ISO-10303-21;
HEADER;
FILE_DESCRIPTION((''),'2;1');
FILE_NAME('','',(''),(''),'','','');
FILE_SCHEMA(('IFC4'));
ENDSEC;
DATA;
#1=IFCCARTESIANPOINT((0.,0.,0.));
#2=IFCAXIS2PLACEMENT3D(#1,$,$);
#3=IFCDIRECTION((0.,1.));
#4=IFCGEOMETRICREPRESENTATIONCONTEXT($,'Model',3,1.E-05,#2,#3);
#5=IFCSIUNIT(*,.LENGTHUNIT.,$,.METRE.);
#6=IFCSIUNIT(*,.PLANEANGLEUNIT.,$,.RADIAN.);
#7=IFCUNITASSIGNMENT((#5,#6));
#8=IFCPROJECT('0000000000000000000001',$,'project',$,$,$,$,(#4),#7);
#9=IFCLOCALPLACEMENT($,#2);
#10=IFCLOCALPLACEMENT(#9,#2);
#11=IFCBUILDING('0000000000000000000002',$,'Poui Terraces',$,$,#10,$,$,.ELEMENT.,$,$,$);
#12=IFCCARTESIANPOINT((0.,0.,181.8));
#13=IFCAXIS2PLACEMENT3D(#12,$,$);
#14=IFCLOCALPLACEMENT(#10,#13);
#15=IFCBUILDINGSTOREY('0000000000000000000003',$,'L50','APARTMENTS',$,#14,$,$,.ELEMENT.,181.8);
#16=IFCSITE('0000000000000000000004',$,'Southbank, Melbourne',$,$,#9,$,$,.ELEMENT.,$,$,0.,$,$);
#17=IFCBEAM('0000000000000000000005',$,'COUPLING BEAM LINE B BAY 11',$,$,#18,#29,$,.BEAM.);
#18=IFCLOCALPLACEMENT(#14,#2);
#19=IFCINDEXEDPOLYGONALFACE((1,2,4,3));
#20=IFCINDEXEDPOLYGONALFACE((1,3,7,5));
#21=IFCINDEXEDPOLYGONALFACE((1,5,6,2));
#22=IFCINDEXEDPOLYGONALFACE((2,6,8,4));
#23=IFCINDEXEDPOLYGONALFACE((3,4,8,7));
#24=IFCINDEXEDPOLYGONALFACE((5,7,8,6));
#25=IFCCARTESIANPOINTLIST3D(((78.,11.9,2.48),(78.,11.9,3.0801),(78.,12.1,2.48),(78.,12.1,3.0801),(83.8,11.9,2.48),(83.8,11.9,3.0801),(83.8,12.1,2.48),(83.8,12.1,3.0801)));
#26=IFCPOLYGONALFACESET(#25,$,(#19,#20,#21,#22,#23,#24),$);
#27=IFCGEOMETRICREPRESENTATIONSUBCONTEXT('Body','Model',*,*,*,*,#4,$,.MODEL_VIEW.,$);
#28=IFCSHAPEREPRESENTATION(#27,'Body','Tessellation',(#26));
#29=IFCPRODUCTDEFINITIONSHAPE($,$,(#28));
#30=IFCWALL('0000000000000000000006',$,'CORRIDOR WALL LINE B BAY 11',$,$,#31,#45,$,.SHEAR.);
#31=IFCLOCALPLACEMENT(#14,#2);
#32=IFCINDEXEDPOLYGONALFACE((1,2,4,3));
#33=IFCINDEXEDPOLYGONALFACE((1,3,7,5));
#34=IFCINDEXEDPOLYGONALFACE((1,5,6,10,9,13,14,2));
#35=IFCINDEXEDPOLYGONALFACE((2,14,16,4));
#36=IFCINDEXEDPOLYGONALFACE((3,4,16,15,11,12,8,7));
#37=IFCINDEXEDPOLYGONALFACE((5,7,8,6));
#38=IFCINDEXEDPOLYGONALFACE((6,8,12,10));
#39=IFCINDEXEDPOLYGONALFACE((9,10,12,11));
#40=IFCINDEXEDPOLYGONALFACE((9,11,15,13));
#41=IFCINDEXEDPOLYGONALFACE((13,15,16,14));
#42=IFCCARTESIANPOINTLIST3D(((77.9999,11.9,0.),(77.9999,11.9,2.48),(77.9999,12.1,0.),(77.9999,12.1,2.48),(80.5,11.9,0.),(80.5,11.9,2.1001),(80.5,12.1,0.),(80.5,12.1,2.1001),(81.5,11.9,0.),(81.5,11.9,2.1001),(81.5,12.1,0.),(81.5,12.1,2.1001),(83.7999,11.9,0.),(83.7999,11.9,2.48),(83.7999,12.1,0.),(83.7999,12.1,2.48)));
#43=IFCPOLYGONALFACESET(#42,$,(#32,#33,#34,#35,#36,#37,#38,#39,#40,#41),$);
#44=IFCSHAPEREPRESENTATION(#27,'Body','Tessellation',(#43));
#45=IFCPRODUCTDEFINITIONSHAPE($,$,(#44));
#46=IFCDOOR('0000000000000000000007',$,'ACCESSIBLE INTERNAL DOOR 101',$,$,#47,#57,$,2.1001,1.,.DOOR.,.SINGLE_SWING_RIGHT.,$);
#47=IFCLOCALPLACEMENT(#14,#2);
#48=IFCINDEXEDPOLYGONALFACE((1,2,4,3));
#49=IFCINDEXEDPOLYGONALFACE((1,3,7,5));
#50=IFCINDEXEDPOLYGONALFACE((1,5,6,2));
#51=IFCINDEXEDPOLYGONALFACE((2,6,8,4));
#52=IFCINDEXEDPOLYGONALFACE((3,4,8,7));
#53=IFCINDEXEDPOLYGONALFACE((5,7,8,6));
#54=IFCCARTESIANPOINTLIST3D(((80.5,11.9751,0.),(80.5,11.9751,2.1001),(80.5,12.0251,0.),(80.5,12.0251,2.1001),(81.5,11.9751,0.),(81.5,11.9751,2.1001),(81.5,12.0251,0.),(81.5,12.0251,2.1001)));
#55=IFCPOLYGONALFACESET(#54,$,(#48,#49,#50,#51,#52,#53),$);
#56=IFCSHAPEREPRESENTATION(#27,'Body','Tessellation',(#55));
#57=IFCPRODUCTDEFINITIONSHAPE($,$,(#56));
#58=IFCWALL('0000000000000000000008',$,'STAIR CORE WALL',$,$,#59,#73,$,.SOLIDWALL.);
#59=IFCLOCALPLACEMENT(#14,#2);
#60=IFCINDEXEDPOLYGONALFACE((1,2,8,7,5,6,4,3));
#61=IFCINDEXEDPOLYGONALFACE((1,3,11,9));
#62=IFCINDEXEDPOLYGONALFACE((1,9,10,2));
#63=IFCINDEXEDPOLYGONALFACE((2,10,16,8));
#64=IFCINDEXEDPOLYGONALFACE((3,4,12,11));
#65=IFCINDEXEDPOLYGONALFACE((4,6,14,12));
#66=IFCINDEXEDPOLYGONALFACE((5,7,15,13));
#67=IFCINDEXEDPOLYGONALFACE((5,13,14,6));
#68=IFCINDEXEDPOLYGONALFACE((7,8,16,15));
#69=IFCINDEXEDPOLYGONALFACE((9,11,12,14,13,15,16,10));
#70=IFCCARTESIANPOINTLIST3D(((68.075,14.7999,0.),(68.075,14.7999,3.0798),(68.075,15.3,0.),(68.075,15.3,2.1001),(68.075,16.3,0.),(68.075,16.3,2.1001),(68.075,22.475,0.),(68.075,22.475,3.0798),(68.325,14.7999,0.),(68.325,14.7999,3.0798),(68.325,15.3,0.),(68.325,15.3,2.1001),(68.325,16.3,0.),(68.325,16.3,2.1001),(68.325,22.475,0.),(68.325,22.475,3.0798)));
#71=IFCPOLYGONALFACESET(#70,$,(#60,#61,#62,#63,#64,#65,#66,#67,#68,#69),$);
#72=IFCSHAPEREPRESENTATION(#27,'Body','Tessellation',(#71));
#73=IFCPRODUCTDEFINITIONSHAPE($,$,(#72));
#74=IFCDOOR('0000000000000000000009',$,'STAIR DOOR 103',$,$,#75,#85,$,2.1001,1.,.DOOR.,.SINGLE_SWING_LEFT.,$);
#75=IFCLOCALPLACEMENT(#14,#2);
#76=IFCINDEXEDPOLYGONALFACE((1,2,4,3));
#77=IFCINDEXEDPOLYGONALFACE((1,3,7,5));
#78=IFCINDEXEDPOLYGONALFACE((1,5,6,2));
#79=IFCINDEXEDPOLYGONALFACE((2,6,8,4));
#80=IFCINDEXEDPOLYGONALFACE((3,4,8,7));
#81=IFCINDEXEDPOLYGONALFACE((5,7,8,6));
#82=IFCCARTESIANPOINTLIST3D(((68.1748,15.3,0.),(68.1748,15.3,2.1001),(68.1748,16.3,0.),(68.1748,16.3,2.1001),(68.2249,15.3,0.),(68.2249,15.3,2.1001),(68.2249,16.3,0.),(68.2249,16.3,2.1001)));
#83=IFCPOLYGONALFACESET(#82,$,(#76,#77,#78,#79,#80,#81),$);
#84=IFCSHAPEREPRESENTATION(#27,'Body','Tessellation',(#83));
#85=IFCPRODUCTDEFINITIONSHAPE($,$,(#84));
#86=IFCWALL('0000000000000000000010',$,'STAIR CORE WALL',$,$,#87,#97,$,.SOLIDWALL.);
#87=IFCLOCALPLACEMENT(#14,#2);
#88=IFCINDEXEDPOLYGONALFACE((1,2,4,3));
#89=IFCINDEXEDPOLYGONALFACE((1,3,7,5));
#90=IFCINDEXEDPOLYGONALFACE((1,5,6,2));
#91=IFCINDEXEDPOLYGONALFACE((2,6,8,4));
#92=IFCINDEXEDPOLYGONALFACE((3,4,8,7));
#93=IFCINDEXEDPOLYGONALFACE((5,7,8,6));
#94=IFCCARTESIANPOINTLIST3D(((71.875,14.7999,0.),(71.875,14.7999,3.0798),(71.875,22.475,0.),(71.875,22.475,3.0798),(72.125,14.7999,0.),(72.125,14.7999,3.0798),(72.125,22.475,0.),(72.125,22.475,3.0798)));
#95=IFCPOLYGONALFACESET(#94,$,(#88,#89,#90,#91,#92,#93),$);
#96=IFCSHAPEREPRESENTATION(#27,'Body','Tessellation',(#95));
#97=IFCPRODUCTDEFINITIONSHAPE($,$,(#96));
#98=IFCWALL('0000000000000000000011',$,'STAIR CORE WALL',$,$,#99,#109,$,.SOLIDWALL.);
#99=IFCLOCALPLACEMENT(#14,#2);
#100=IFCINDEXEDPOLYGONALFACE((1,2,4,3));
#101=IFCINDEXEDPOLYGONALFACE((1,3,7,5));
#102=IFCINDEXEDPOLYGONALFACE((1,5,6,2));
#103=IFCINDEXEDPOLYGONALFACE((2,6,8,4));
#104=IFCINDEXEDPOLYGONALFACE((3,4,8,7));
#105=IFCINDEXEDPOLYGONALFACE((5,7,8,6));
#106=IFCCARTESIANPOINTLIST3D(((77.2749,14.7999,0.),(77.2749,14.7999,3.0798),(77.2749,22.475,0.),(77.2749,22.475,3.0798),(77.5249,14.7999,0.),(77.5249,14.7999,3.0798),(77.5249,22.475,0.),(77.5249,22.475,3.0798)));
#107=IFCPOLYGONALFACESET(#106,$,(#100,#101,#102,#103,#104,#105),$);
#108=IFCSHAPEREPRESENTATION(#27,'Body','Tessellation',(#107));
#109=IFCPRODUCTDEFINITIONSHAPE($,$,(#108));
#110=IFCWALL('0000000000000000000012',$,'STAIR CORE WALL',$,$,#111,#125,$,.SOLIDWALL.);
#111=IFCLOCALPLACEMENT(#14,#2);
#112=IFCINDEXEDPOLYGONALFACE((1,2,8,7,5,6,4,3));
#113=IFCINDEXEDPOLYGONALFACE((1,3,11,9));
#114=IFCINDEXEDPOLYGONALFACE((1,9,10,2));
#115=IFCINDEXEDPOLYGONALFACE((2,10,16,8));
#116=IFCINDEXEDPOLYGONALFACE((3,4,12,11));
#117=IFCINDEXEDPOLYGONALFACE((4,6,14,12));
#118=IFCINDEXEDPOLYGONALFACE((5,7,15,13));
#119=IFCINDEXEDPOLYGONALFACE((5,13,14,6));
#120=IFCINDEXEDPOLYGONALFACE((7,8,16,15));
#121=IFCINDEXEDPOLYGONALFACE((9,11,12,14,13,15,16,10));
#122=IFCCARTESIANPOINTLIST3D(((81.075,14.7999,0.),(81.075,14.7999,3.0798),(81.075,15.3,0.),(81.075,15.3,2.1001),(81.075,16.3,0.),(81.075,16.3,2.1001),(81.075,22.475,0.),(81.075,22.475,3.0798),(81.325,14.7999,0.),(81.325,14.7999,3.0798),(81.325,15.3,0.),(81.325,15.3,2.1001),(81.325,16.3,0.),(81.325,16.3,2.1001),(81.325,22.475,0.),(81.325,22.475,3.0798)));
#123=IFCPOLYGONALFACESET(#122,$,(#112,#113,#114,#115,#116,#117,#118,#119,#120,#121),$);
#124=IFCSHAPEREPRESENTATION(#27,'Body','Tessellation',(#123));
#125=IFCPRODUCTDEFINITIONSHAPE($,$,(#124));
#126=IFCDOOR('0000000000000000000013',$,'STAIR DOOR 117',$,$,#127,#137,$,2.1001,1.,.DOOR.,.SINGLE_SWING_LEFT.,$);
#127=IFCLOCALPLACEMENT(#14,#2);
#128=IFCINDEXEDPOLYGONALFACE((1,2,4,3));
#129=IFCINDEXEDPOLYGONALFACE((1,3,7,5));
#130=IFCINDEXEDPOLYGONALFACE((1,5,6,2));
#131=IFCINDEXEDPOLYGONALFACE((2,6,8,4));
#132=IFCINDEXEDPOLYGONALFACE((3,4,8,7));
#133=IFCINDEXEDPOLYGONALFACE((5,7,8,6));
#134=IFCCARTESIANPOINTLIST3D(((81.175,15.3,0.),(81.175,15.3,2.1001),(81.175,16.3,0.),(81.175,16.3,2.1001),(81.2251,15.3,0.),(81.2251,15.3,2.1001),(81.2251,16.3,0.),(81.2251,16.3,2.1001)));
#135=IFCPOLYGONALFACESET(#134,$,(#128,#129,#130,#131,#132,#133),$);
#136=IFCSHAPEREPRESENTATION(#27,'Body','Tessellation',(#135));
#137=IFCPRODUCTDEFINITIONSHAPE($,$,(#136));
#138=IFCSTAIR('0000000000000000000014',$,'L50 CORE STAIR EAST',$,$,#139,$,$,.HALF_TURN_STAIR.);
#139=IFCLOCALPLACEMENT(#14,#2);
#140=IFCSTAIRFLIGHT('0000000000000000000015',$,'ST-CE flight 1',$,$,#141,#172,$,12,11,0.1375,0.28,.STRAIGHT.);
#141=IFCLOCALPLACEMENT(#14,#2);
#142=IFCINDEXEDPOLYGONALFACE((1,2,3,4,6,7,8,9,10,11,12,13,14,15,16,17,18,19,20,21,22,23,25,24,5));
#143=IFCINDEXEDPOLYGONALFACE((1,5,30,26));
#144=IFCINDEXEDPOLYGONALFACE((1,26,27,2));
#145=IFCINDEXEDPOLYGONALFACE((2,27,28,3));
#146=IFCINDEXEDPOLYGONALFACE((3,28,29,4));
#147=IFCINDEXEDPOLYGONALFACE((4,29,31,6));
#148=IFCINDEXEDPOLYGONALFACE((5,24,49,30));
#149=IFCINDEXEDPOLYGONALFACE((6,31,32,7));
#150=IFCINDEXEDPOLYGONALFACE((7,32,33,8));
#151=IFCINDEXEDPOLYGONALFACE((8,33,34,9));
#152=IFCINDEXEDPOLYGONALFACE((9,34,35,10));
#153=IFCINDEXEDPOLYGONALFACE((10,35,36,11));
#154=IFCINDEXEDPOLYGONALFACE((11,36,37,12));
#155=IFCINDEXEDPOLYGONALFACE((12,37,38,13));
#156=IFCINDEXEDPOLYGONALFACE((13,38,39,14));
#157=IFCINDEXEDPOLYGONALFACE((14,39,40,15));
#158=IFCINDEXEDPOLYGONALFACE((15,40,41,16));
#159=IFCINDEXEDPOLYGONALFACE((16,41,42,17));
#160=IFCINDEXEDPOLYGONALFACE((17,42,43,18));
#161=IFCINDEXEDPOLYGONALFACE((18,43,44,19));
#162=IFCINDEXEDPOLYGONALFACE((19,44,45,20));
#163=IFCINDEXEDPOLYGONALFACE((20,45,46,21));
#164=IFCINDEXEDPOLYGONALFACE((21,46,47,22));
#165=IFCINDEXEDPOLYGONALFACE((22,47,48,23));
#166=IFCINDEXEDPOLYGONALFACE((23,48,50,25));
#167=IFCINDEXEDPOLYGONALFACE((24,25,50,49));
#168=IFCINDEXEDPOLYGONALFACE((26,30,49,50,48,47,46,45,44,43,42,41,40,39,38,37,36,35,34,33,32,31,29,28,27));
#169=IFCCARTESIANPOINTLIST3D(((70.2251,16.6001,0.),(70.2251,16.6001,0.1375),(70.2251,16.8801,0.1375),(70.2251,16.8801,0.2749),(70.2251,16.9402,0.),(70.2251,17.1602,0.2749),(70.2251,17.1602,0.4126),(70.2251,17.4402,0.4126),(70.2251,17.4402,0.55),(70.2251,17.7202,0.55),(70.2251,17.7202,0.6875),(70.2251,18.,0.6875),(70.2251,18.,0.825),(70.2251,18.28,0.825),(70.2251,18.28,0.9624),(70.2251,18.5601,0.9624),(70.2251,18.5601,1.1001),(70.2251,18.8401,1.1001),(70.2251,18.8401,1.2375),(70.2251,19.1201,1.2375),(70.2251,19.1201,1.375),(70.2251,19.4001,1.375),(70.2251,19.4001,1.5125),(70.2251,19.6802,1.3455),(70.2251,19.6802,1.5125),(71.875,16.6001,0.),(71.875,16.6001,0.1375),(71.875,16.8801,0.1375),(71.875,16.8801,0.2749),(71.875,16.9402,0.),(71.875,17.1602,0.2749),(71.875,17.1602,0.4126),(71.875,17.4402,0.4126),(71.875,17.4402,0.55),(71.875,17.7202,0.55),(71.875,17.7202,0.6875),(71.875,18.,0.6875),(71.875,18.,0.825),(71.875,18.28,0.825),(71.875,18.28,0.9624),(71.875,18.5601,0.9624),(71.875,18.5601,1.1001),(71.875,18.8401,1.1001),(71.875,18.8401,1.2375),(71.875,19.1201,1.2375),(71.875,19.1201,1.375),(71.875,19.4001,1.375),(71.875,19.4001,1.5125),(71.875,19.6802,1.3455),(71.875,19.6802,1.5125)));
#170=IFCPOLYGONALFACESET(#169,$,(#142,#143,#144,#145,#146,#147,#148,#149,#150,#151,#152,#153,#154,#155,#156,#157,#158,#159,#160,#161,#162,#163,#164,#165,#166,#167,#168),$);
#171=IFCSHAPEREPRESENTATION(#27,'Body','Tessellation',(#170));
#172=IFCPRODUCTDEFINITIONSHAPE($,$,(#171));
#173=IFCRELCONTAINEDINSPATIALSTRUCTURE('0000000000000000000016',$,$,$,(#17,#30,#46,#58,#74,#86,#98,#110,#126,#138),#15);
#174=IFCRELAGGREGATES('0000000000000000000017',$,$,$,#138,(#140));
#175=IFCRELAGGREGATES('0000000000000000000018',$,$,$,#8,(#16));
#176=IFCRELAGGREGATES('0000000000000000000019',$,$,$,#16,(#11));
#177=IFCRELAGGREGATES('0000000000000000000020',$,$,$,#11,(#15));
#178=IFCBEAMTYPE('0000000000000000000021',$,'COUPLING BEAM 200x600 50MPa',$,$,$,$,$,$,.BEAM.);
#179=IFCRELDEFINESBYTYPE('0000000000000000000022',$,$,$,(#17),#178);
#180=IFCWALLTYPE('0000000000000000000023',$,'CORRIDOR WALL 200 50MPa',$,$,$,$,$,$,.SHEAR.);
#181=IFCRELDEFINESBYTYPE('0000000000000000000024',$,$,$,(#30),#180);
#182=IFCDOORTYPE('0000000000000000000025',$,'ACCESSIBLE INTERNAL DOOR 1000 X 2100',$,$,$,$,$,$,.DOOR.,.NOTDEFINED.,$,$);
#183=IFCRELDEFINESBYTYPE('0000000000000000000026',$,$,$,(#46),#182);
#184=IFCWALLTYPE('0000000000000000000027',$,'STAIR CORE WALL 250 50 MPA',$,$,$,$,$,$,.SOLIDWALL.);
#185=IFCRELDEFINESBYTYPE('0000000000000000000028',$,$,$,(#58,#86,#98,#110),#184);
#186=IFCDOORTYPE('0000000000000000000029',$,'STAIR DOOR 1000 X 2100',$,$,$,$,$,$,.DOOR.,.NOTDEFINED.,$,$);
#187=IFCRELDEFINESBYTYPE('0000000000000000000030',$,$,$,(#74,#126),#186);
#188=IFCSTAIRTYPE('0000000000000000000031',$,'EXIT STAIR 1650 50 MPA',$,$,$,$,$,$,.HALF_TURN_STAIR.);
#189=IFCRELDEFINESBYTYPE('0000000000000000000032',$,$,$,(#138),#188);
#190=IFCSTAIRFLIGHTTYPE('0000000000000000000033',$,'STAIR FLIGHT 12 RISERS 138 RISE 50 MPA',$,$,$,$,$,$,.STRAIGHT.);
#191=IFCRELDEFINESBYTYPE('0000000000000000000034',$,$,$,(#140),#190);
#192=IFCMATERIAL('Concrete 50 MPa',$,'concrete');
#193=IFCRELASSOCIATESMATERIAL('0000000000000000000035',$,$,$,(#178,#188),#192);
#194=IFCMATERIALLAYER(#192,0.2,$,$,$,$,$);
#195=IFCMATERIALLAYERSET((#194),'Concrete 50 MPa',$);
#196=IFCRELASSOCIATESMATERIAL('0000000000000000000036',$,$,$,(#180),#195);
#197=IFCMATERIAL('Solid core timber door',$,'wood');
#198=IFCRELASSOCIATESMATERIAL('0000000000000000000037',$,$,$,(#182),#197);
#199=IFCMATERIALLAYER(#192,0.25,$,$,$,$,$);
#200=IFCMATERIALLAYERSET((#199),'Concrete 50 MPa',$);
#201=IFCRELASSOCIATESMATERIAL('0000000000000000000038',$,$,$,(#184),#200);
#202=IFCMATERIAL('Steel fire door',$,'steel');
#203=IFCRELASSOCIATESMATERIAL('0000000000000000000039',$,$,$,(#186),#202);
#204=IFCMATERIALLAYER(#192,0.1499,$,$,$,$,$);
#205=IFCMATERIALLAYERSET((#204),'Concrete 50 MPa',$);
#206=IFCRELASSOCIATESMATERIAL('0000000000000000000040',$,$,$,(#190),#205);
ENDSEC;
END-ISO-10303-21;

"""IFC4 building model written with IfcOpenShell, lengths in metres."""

from ifc_helpers import new_model, si_unit, direction, frame, frame_2d, origin, origin_2d, place, context, subcontext, project, spatial, polyline, rectangle, outline, extrude, source, transform, mapped, material, layer, layer_set, material_profile, profile_set, type_object, element, fill, aggregate, save


model = new_model("IFC4")

# Units and contexts
model_context = context("Model", 3, precision=1e-05, world=origin(), true_north=direction((0.0, 1.0)))
body_context = subcontext(model_context, "Body", "Model", "MODEL_VIEW")
ifc_project = project(units=[si_unit("LENGTHUNIT", "METRE"), si_unit("PLANEANGLEUNIT", "RADIAN")], contexts=[model_context])

# Site, building, storey
site_placement = place(None, origin())
site = spatial("IfcSite", under=ifc_project, at=site_placement, Name="Southbank, Melbourne", CompositionType="ELEMENT", RefElevation=0.0)
building_placement = place(site_placement, origin())
building = spatial("IfcBuilding", under=site, at=building_placement, Name="Poui Terraces", CompositionType="ELEMENT")
storey_placement = place(building_placement, frame((0.0, 0.0, 181.8)))
storey = spatial("IfcBuildingStorey", under=building, at=storey_placement, Name="L50", Description="APARTMENTS", CompositionType="ELEMENT", Elevation=181.8)

# Beam
ifc_material_1 = material(Name="Concrete 50 MPa", Category="concrete")
ifc_material_profile = material_profile(ifc_material_1, rectangle(XDim=0.2, YDim=0.6001, at=origin_2d()), Name="RC 200x600")
ifc_profile_set = profile_set([ifc_material_profile], Name="Concrete 50 MPa")
beam_type = type_object("IfcBeamType", Name="COUPLING BEAM 200x600 50MPa", PredefinedType="BEAM", material=ifc_profile_set)
shared_shape = source(origin(), body_context, "Body", "SweptSolid", [
    extrude(rectangle(XDim=0.2, YDim=0.6001, at=origin_2d()), origin(), (0.0, 0.0, 1.0), 5.8),
])
beam_placement = place(storey_placement, frame((78.0, 12.0, 2.78), z_axis=(1.0, 0.0, 0.0), x_axis=(0.0, 1.0, 0.0)))
element("IfcBeam", 1, at=beam_placement, inside=storey, type_object=beam_type, Name="COUPLING BEAM LINE B BAY 11", PredefinedType="BEAM", context=body_context, shape_type="MappedRepresentation", body=[
    mapped(shared_shape, transform((0.0, 0.0, 0.0))),
])

# Walls, openings, doors
ifc_layer_1 = layer(ifc_material_1, 0.2)
ifc_layer_set_1 = layer_set([ifc_layer_1], Name="Concrete 50 MPa")
wall_type_1 = type_object("IfcWallType", Name="CORRIDOR WALL 200 50MPa", PredefinedType="SHEAR", material=ifc_layer_set_1)
wall_1_placement = place(storey_placement, frame((78.0, 12.0, 0.0), z_axis=(0.0, 0.0, 1.0), x_axis=(1.0, 0.0, 0.0)))
wall_1 = element("IfcWall", 2, at=wall_1_placement, inside=storey, type_object=wall_type_1, Name="CORRIDOR WALL LINE B BAY 11", PredefinedType="SHEAR", context=body_context, shape_type="SweptSolid", body=[
    extrude(rectangle(XDim=5.8, YDim=0.2, at=frame_2d((2.8999, 0.0))), origin(), (0.0, 0.0, 1.0), 2.48),
])
opening_1_placement = place(wall_1_placement, frame((2.5, 0.0, 0.0)))
opening_1 = element("IfcOpeningElement", 3, at=opening_1_placement, cuts=wall_1, PredefinedType="OPENING", context=body_context, shape_type="SweptSolid", body=[
    extrude(rectangle(XDim=1.0, YDim=2.1001, at=frame_2d((0.5, 1.05))), frame((0.0, 0.1099, 0.0), z_axis=(0.0, -1.0, 0.0), x_axis=(1.0, 0.0, 0.0)), (0.0, 0.0, 1.0), 0.22),
])
ifc_material_2 = material(Name="Solid core timber door", Category="wood")
door_type_1 = type_object("IfcDoorType", Name="ACCESSIBLE INTERNAL DOOR 1000 X 2100", OperationType="NOTDEFINED", PredefinedType="DOOR", material=ifc_material_2)
door_1_placement = place(opening_1_placement, frame((1.0, 0.0, 0.0), z_axis=(0.0, 0.0, 1.0), x_axis=(-1.0, 0.0, 0.0)))
door_1 = element("IfcDoor", 4, at=door_1_placement, inside=storey, type_object=door_type_1, Name="ACCESSIBLE INTERNAL DOOR 101", OperationType="SINGLE_SWING_RIGHT", OverallHeight=2.1001, OverallWidth=1.0, PredefinedType="DOOR", context=body_context, shape_type="SweptSolid", body=[
    extrude(rectangle(XDim=1.0, YDim=2.1001, at=frame_2d((0.5, 1.05))), frame((0.0, 0.0249, 0.0), z_axis=(0.0, -1.0, 0.0), x_axis=(1.0, 0.0, 0.0)), (0.0, 0.0, 1.0), 0.05),
])
fill(opening_1, door_1)
ifc_layer_2 = layer(ifc_material_1, 0.25)
ifc_layer_set_2 = layer_set([ifc_layer_2], Name="Concrete 50 MPa")
wall_type_2 = type_object("IfcWallType", Name="STAIR CORE WALL 250 50 MPA", PredefinedType="SOLIDWALL", material=ifc_layer_set_2)
wall_2_placement = place(storey_placement, frame((68.2, 14.8, 0.0), z_axis=(0.0, 0.0, 1.0), x_axis=(0.0, 1.0, 0.0)))
wall_2 = element("IfcWall", 5, at=wall_2_placement, inside=storey, type_object=wall_type_2, Name="STAIR CORE WALL", PredefinedType="SOLIDWALL", context=body_context, shape_type="SweptSolid", body=[
    extrude(rectangle(XDim=7.675, YDim=0.25, at=frame_2d((3.8374, 0.0))), origin(), (0.0, 0.0, 1.0), 3.0798),
])
opening_2_placement = place(wall_2_placement, frame((0.5, 0.0, 0.0)))
opening_2 = element("IfcOpeningElement", 6, at=opening_2_placement, cuts=wall_2, PredefinedType="OPENING", context=body_context, shape_type="SweptSolid", body=[
    extrude(rectangle(XDim=1.0, YDim=2.1001, at=frame_2d((0.5, 1.05))), frame((0.0, 0.135, 0.0), z_axis=(0.0, -1.0, 0.0), x_axis=(1.0, 0.0, 0.0)), (0.0, 0.0, 1.0), 0.27),
])
ifc_material_3 = material(Name="Steel fire door", Category="steel")
door_type_2 = type_object("IfcDoorType", Name="STAIR DOOR 1000 X 2100", OperationType="NOTDEFINED", PredefinedType="DOOR", material=ifc_material_3)
door_2_placement = place(opening_2_placement, frame((1.0, 0.0, 0.0), z_axis=(0.0, 0.0, 1.0), x_axis=(-1.0, 0.0, 0.0)))
door_2 = element("IfcDoor", 7, at=door_2_placement, inside=storey, type_object=door_type_2, Name="STAIR DOOR 103", OperationType="SINGLE_SWING_LEFT", OverallHeight=2.1001, OverallWidth=1.0, PredefinedType="DOOR", context=body_context, shape_type="SweptSolid", body=[
    extrude(rectangle(XDim=1.0, YDim=2.1001, at=frame_2d((0.5, 1.05))), frame((0.0, 0.0249, 0.0), z_axis=(0.0, -1.0, 0.0), x_axis=(1.0, 0.0, 0.0)), (0.0, 0.0, 1.0), 0.05),
])
fill(opening_2, door_2)

# Walls
for number, where, z_axis, x_axis, name in (
    (8, (72.0, 14.8, 0.0), (0.0, 0.0, 1.0), (0.0, 1.0, 0.0), "STAIR CORE WALL"),
    (9, (77.3999, 14.8, 0.0), (0.0, 0.0, 1.0), (0.0, 1.0, 0.0), "STAIR CORE WALL"),
):
    element("IfcWall", number, at=place(storey_placement, frame(where, z_axis=z_axis, x_axis=x_axis)), inside=storey, type_object=wall_type_2, Name=name, PredefinedType="SOLIDWALL", context=body_context, shape_type="SweptSolid", body=[
        extrude(rectangle(XDim=7.675, YDim=0.25, at=frame_2d((3.8374, 0.0))), origin(), (0.0, 0.0, 1.0), 3.0798),
    ])

# Wall, opening, door
wall_3_placement = place(storey_placement, frame((81.2, 14.8, 0.0), z_axis=(0.0, 0.0, 1.0), x_axis=(0.0, 1.0, 0.0)))
wall_3 = element("IfcWall", 10, at=wall_3_placement, inside=storey, type_object=wall_type_2, Name="STAIR CORE WALL", PredefinedType="SOLIDWALL", context=body_context, shape_type="SweptSolid", body=[
    extrude(rectangle(XDim=7.675, YDim=0.25, at=frame_2d((3.8374, 0.0))), origin(), (0.0, 0.0, 1.0), 3.0798),
])
opening_3_placement = place(wall_3_placement, frame((0.5, 0.0, 0.0)))
opening_3 = element("IfcOpeningElement", 11, at=opening_3_placement, cuts=wall_3, PredefinedType="OPENING", context=body_context, shape_type="SweptSolid", body=[
    extrude(rectangle(XDim=1.0, YDim=2.1001, at=frame_2d((0.5, 1.05))), frame((0.0, 0.135, 0.0), z_axis=(0.0, -1.0, 0.0), x_axis=(1.0, 0.0, 0.0)), (0.0, 0.0, 1.0), 0.27),
])
door_3_placement = place(opening_3_placement, origin())
door_3 = element("IfcDoor", 12, at=door_3_placement, inside=storey, type_object=door_type_2, Name="STAIR DOOR 117", OperationType="SINGLE_SWING_LEFT", OverallHeight=2.1001, OverallWidth=1.0, PredefinedType="DOOR", context=body_context, shape_type="SweptSolid", body=[
    extrude(rectangle(XDim=1.0, YDim=2.1001, at=frame_2d((0.5, 1.05))), frame((0.0, 0.0249, 0.0), z_axis=(0.0, -1.0, 0.0), x_axis=(1.0, 0.0, 0.0)), (0.0, 0.0, 1.0), 0.05),
])
fill(opening_3, door_3)

# Stair, stair flight
stair_type = type_object("IfcStairType", Name="EXIT STAIR 1650 50 MPA", PredefinedType="HALF_TURN_STAIR", material=ifc_material_1)
stair_1_placement = place(storey_placement, origin())
stair_1 = element("IfcStair", 13, at=stair_1_placement, inside=storey, type_object=stair_type, Name="L50 CORE STAIR EAST", PredefinedType="HALF_TURN_STAIR")
ifc_layer_3 = layer(ifc_material_1, 0.1499)
ifc_layer_set_3 = layer_set([ifc_layer_3], Name="Concrete 50 MPa")
stair_flight_type = type_object("IfcStairFlightType", Name="STAIR FLIGHT 12 RISERS 138 RISE 50 MPA", PredefinedType="STRAIGHT", material=ifc_layer_set_3)
stair_flight_1_placement = place(storey_placement, frame((71.05, 16.6001, 0.0), z_axis=(0.0, 0.0, 1.0), x_axis=(0.0, 1.0, 0.0)))
stair_flight_1 = element("IfcStairFlight", 14, at=stair_flight_1_placement, type_object=stair_flight_type, Name="ST-CE flight 1", NumberOfRisers=12, NumberOfTreads=11, PredefinedType="STRAIGHT", RiserHeight=0.1375, TreadLength=0.28, context=body_context, shape_type="SweptSolid", body=[
    extrude(outline(polyline([(0.0, 0.0), (0.0, 0.1375), (0.28, 0.1375), (0.28, 0.2749), (0.5601, 0.2749), (0.5601, 0.4126), (0.8401, 0.4126), (0.8401, 0.55), (1.1201, 0.55), (1.1201, 0.6875), (1.3999, 0.6875), (1.3999, 0.825), (1.6799, 0.825), (1.6799, 0.9624), (1.96, 0.9624), (1.96, 1.1001), (2.24, 1.1001), (2.24, 1.2375), (2.52, 1.2375), (2.52, 1.375), (2.8, 1.375), (2.8, 1.5125), (3.0801, 1.5125), (3.0801, 1.6499), (3.0801, 1.3455), (0.3401, 0.0), (0.0, 0.0)])), frame((0.0, 0.825, 0.0), z_axis=(0.0, -1.0, 0.0), x_axis=(1.0, 0.0, 0.0)), (0.0, 0.0, 1.0), 1.6499),
])
aggregate(stair_1, [stair_flight_1])

save(model, "model.ifc")
